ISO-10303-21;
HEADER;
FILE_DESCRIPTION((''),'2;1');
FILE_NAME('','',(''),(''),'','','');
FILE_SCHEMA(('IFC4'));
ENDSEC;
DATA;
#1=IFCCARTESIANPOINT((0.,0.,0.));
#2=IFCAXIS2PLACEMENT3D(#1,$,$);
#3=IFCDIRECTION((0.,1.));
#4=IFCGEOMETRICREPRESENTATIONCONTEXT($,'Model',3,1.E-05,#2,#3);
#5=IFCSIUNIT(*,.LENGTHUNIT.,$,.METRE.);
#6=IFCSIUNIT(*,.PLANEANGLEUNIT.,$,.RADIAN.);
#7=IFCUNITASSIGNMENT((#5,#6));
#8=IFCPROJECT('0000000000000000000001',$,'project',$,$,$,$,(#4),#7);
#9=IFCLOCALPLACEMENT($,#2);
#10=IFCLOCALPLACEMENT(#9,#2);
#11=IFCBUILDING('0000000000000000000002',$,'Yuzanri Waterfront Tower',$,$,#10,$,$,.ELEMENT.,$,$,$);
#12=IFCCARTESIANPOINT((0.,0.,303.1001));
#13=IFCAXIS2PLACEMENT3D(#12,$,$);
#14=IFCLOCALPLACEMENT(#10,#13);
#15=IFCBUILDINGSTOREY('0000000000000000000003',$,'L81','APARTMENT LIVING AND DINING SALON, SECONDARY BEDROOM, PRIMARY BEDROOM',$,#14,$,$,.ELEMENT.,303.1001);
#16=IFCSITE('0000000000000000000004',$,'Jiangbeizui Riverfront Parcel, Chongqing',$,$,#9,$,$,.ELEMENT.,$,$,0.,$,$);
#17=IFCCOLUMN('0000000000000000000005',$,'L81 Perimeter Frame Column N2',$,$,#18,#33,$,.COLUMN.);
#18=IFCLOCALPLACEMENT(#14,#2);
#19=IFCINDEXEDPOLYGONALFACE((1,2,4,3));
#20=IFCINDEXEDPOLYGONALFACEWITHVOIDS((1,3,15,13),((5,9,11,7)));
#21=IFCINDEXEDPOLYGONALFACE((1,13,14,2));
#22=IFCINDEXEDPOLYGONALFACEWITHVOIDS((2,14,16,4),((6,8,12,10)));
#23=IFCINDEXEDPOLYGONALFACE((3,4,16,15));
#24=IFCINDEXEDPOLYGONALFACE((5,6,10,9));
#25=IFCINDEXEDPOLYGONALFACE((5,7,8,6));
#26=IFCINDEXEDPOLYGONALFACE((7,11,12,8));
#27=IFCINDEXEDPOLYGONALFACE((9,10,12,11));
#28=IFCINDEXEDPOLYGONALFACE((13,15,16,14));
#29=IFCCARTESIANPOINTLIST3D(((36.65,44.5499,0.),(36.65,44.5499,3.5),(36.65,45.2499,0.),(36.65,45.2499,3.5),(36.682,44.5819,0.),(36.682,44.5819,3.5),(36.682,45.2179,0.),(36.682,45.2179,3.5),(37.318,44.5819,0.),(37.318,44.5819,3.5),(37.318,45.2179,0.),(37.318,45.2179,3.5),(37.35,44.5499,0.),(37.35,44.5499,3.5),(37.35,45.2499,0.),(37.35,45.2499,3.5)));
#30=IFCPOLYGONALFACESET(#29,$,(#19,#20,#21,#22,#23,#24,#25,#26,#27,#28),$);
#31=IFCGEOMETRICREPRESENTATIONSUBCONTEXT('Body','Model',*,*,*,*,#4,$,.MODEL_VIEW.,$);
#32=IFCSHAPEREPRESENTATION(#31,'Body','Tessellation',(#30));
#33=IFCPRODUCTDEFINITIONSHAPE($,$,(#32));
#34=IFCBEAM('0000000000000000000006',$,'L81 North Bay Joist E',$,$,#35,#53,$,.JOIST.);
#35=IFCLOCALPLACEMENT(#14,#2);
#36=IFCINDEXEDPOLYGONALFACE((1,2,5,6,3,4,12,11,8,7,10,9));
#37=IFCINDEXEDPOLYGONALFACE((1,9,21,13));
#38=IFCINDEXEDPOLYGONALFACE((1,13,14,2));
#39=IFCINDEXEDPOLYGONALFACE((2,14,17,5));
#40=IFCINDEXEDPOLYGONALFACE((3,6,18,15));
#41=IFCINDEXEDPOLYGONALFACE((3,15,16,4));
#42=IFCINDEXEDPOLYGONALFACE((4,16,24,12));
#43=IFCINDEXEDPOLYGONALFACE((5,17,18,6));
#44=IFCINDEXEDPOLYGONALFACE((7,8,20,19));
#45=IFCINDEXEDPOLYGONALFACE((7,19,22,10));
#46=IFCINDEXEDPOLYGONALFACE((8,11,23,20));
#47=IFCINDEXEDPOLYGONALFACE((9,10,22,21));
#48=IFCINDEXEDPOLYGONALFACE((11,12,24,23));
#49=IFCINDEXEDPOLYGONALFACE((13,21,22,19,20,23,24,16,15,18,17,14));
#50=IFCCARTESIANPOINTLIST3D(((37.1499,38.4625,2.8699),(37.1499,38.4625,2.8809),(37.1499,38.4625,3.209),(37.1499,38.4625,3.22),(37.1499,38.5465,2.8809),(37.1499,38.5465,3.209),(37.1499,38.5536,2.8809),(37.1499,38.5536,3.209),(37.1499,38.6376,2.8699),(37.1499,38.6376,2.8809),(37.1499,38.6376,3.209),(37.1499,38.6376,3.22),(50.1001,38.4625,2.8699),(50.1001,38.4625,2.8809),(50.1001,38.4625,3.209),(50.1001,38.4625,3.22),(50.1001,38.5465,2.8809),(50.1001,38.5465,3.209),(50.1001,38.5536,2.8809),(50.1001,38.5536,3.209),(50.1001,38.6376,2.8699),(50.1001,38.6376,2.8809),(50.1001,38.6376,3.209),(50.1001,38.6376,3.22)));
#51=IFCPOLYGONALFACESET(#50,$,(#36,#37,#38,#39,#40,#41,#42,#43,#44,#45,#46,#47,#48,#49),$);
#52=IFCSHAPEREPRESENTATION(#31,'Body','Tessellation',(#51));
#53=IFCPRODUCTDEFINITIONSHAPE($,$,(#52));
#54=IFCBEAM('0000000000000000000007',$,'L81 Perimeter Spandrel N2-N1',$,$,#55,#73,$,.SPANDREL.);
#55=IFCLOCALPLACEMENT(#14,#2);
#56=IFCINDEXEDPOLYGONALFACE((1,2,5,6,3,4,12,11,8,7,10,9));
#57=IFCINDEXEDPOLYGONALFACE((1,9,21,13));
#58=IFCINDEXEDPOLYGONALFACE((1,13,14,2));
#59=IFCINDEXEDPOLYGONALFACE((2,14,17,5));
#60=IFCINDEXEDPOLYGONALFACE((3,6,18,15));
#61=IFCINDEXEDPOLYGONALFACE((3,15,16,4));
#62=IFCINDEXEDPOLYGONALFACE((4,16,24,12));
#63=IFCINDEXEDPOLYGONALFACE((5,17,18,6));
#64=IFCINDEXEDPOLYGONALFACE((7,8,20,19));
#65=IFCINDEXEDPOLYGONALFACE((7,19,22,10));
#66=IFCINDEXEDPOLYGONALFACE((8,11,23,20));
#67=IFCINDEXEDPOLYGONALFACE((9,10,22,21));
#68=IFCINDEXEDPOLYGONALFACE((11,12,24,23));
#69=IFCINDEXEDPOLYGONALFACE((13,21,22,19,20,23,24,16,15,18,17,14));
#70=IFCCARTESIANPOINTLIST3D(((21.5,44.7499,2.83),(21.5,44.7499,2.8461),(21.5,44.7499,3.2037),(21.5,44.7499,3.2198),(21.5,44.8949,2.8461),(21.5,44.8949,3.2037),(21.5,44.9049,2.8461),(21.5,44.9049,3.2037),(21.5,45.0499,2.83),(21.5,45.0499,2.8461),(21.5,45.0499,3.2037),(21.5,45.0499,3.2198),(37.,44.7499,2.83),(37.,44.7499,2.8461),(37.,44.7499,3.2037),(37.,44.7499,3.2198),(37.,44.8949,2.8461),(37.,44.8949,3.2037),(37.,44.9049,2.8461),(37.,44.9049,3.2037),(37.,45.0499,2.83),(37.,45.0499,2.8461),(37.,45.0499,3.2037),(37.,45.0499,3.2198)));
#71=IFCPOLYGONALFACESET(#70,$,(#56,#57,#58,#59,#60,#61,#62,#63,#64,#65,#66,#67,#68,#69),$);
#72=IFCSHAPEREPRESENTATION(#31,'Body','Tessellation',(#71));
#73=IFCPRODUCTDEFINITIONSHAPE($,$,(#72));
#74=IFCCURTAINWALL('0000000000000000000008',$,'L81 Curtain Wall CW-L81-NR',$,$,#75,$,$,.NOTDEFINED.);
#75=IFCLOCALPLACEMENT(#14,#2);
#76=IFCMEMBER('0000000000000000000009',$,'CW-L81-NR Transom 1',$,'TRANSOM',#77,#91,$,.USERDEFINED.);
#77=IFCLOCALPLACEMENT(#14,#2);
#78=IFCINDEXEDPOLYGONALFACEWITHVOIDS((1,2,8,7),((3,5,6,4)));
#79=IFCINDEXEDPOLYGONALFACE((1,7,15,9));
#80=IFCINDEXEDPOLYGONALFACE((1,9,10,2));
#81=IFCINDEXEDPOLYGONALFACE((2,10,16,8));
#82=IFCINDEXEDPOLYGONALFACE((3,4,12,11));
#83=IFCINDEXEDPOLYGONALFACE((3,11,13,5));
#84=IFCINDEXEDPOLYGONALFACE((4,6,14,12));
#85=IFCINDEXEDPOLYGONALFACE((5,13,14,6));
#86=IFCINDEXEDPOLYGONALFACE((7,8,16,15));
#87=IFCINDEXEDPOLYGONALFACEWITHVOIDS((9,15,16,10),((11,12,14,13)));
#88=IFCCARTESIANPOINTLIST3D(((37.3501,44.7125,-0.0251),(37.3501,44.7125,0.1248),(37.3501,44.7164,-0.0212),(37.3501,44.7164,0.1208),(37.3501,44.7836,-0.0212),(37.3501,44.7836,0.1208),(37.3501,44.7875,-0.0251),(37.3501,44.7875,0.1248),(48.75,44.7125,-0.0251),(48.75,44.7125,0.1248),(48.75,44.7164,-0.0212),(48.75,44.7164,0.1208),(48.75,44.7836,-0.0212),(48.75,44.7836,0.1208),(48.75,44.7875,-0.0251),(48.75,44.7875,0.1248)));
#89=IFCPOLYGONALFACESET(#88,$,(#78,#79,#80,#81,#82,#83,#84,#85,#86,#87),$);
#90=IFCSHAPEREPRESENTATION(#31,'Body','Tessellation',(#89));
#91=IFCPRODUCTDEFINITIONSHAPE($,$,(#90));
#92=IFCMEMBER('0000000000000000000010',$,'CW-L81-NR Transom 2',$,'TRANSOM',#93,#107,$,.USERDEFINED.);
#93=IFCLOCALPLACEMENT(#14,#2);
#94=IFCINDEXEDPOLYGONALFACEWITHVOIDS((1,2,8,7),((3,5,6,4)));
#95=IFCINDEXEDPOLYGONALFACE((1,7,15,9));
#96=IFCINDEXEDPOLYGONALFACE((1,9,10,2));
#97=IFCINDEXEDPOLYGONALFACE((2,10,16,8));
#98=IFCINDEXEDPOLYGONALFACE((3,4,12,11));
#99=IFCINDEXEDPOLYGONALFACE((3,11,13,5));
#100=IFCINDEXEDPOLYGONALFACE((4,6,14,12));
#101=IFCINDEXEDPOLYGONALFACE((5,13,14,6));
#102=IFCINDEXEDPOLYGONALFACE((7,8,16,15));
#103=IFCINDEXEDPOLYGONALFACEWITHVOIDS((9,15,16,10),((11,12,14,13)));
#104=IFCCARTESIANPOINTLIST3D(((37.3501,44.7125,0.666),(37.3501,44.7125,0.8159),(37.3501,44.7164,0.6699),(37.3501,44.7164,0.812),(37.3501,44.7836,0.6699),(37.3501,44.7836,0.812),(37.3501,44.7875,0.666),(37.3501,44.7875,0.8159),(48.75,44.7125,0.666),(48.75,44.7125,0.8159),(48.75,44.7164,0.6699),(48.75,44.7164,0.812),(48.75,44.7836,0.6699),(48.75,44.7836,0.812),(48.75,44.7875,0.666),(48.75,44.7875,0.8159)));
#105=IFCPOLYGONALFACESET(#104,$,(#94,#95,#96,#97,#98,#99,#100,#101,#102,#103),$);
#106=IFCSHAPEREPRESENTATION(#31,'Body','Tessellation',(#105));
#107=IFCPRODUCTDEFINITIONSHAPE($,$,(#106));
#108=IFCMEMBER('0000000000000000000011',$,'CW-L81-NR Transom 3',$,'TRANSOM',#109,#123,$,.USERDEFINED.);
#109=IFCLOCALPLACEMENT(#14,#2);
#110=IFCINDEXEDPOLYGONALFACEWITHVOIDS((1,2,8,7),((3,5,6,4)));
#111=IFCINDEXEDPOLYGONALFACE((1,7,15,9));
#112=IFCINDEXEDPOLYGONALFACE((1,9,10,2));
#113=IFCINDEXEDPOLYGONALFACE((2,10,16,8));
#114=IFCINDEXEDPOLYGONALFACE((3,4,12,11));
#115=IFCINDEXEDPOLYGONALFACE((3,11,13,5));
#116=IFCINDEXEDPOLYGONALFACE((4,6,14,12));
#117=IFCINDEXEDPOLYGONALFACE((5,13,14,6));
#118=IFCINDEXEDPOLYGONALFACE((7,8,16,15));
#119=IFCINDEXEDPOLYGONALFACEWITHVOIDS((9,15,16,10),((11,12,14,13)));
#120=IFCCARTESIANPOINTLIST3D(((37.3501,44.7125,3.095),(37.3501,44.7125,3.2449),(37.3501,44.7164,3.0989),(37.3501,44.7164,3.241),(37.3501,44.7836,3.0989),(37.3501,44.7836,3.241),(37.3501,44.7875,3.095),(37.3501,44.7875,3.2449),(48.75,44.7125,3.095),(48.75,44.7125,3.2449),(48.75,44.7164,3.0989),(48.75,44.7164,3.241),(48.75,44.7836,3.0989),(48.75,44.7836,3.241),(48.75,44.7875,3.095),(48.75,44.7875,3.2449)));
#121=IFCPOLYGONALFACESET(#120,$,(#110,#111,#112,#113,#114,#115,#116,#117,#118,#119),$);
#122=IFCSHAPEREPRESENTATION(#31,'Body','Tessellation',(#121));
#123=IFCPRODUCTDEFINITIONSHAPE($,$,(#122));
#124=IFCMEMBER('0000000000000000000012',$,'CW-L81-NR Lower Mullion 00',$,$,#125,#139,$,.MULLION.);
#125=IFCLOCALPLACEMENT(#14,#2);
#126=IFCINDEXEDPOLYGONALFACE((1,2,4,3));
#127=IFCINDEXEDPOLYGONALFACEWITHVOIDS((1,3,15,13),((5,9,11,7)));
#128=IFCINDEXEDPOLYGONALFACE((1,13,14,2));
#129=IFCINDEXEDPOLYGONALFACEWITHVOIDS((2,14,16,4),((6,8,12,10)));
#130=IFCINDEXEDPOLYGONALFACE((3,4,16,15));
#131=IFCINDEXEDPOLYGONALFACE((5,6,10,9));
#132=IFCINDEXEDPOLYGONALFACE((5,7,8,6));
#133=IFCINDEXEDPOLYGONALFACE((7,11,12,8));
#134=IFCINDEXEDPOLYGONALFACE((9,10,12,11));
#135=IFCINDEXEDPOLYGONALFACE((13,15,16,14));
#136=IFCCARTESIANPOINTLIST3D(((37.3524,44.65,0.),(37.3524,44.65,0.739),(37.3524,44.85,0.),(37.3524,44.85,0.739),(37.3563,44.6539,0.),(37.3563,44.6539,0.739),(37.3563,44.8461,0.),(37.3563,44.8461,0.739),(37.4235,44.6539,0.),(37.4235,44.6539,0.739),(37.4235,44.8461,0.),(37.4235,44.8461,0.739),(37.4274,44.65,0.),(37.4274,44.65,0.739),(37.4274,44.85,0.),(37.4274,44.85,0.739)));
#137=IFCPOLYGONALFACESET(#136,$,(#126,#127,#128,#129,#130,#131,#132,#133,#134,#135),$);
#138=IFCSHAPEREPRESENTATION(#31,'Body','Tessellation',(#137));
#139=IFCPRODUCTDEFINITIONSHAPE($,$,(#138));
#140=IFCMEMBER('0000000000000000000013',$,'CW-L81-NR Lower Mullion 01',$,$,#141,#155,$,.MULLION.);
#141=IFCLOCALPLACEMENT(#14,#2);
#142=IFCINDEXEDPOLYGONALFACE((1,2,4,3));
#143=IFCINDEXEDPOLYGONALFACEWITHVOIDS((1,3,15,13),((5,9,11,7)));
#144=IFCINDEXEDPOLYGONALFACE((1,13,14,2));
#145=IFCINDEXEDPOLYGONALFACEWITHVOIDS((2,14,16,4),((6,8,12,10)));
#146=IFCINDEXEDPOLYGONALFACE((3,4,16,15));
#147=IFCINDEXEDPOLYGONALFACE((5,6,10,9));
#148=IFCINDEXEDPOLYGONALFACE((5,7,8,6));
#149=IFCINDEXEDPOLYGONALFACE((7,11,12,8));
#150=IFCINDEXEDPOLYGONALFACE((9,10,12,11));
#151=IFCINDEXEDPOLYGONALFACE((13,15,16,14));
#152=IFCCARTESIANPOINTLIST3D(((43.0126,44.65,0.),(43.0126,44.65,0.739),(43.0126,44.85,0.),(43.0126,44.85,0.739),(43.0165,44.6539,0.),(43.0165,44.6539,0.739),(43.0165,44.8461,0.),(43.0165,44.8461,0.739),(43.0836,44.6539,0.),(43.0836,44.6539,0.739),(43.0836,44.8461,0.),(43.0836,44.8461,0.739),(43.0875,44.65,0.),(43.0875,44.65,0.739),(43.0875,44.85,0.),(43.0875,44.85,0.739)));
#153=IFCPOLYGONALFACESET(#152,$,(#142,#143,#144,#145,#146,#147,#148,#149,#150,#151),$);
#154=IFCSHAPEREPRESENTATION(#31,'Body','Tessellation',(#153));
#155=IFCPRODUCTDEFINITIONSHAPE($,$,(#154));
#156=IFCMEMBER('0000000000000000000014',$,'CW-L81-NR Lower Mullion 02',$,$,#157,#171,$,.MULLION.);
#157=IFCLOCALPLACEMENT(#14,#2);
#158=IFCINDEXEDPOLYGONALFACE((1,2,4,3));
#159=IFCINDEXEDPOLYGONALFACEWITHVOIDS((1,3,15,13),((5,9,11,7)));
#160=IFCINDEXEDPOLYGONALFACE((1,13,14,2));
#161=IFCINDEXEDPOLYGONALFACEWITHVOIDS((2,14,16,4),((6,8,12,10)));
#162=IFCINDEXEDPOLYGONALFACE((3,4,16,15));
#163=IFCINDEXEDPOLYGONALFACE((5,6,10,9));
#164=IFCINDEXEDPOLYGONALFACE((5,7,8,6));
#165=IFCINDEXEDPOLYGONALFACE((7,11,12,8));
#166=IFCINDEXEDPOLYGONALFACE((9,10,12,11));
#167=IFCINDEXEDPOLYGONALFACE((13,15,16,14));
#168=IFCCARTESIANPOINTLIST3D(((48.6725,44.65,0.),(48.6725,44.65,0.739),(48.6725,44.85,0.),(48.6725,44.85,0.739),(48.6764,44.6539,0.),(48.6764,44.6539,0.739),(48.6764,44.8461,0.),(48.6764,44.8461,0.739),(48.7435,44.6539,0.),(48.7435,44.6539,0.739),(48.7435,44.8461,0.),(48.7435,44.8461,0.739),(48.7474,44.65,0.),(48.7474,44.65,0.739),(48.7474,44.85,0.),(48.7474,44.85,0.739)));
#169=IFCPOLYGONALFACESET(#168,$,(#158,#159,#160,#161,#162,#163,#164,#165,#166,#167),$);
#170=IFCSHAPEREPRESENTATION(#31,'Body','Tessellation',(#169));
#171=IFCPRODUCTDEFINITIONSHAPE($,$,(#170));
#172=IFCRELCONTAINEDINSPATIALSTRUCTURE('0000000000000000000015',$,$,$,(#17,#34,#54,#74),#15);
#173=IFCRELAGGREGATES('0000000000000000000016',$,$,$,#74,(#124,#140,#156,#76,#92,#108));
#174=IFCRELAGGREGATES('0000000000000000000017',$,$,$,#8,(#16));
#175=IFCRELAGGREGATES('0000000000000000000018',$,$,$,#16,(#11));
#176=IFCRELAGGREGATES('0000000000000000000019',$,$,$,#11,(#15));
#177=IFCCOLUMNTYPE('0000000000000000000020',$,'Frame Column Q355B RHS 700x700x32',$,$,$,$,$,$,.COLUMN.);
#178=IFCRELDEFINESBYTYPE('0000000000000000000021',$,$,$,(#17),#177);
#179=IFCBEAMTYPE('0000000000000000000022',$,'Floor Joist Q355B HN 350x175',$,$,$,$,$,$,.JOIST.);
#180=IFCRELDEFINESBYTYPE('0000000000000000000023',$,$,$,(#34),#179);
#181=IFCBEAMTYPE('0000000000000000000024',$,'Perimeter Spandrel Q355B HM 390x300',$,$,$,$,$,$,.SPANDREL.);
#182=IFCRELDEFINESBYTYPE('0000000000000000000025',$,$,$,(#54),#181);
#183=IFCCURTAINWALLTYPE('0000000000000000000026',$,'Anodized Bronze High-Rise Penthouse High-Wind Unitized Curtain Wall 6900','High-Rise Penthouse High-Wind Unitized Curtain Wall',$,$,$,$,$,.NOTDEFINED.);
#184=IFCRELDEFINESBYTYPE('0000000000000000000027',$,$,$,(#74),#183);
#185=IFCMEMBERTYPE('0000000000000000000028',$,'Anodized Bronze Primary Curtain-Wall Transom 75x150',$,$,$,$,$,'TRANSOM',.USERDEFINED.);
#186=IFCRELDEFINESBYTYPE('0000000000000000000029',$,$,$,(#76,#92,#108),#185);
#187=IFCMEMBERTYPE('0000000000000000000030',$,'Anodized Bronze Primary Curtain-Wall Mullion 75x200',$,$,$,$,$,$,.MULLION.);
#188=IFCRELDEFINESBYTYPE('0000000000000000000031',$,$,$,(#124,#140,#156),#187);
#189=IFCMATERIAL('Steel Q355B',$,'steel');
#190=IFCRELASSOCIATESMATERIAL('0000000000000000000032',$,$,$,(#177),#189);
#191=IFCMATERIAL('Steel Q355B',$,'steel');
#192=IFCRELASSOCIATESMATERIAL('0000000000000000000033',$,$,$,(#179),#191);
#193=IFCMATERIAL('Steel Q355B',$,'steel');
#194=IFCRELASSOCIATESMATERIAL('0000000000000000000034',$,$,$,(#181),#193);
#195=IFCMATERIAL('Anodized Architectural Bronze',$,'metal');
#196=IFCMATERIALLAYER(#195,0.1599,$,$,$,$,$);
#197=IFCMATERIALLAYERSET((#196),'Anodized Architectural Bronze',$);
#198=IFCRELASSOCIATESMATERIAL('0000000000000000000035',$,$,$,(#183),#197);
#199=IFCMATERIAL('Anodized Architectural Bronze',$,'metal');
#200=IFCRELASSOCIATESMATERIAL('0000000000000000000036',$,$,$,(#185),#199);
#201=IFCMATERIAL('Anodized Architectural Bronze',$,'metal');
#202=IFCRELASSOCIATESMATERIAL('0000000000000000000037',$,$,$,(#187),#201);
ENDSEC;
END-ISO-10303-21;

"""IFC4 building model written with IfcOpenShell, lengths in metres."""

from ifc_helpers import new_model, si_unit, direction, frame, origin, origin_2d, place, context, subcontext, project, spatial, hollow_rectangle, i_section, extrude, source, transform, mapped, material, layer, layer_set, material_profile, profile_set, type_object, element, aggregate, save


model = new_model("IFC4")

# Units and contexts
model_context = context("Model", 3, precision=1e-05, world=origin(), true_north=direction((0.0, 1.0)))
body_context = subcontext(model_context, "Body", "Model", "MODEL_VIEW")
ifc_project = project(units=[si_unit("LENGTHUNIT", "METRE"), si_unit("PLANEANGLEUNIT", "RADIAN")], contexts=[model_context])

# Site, building, storey
site_placement = place(None, origin())
site = spatial("IfcSite", under=ifc_project, at=site_placement, Name="Jiangbeizui Riverfront Parcel, Chongqing", CompositionType="ELEMENT", RefElevation=0.0)
building_placement = place(site_placement, origin())
building = spatial("IfcBuilding", under=site, at=building_placement, Name="Yuzanri Waterfront Tower", CompositionType="ELEMENT")
storey_placement = place(building_placement, frame((0.0, 0.0, 303.1001)))
storey = spatial("IfcBuildingStorey", under=building, at=storey_placement, Name="L81", Description="APARTMENT LIVING AND DINING SALON, SECONDARY BEDROOM, PRIMARY BEDROOM", CompositionType="ELEMENT", Elevation=303.1001)

# Column
ifc_material_1 = material(Name="Steel Q355B", Category="steel")
ifc_material_profile_1 = material_profile(ifc_material_1, hollow_rectangle(XDim=0.7, YDim=0.7, WallThickness=0.032, at=origin_2d()), Name="RHS 700x700x32")
ifc_profile_set_1 = profile_set([ifc_material_profile_1], Name="Steel Q355B")
column_type = type_object("IfcColumnType", Name="Frame Column Q355B RHS 700x700x32", PredefinedType="COLUMN", material=ifc_profile_set_1)
shared_shape_1 = source(origin(), body_context, "Body", "SweptSolid", [
    extrude(hollow_rectangle(XDim=0.7, YDim=0.7, WallThickness=0.032, at=origin_2d()), origin(), (0.0, 0.0, 1.0), 3.5),
])
column_placement = place(storey_placement, frame((37.0, 44.8999, 0.0), z_axis=(0.0, 0.0, 1.0), x_axis=(1.0, 0.0, 0.0)))
element("IfcColumn", 1, at=column_placement, inside=storey, type_object=column_type, Name="L81 Perimeter Frame Column N2", PredefinedType="COLUMN", context=body_context, shape_type="MappedRepresentation", body=[
    mapped(shared_shape_1, transform((0.0, 0.0, 0.0), scale=1.0)),
])

# Beams
ifc_material_2 = material(Name="Steel Q355B", Category="steel")
ifc_material_profile_2 = material_profile(ifc_material_2, i_section(OverallWidth=0.175, OverallDepth=0.3501, WebThickness=0.0071, FlangeThickness=0.011, at=origin_2d()), Name="HN 350x175x7x11")
ifc_profile_set_2 = profile_set([ifc_material_profile_2], Name="Steel Q355B")
beam_type_1 = type_object("IfcBeamType", Name="Floor Joist Q355B HN 350x175", PredefinedType="JOIST", material=ifc_profile_set_2)
shared_shape_2 = source(origin(), body_context, "Body", "SweptSolid", [
    extrude(i_section(OverallWidth=0.175, OverallDepth=0.3501, WebThickness=0.0071, FlangeThickness=0.011, at=origin_2d()), origin(), (0.0, 0.0, 1.0), 12.9502),
])
beam_1_placement = place(storey_placement, frame((37.1499, 38.55, 3.0449), z_axis=(1.0, 0.0, 0.0), x_axis=(0.0, 1.0, 0.0)))
element("IfcBeam", 2, at=beam_1_placement, inside=storey, type_object=beam_type_1, Name="L81 North Bay Joist E", PredefinedType="JOIST", context=body_context, shape_type="MappedRepresentation", body=[
    mapped(shared_shape_2, transform((0.0, 0.0, 0.0), scale=1.0)),
])
ifc_material_3 = material(Name="Steel Q355B", Category="steel")
ifc_material_profile_3 = material_profile(ifc_material_3, i_section(OverallWidth=0.3, OverallDepth=0.3899, WebThickness=0.01, FlangeThickness=0.0161, at=origin_2d()), Name="HM 390x300x10x16")
ifc_profile_set_3 = profile_set([ifc_material_profile_3], Name="Steel Q355B")
beam_type_2 = type_object("IfcBeamType", Name="Perimeter Spandrel Q355B HM 390x300", PredefinedType="SPANDREL", material=ifc_profile_set_3)
shared_shape_3 = source(origin(), body_context, "Body", "SweptSolid", [
    extrude(i_section(OverallWidth=0.3, OverallDepth=0.3899, WebThickness=0.01, FlangeThickness=0.0161, at=origin_2d()), origin(), (0.0, 0.0, 1.0), 15.5),
])
beam_2_placement = place(storey_placement, frame((37.0, 44.8999, 3.0249), z_axis=(-1.0, 0.0, 0.0), x_axis=(0.0, -1.0, 0.0)))
element("IfcBeam", 3, at=beam_2_placement, inside=storey, type_object=beam_type_2, Name="L81 Perimeter Spandrel N2-N1", PredefinedType="SPANDREL", context=body_context, shape_type="MappedRepresentation", body=[
    mapped(shared_shape_3, transform((0.0, 0.0, 0.0), scale=1.0)),
])

# Curtain wall, members
ifc_material_4 = material(Name="Anodized Architectural Bronze", Category="metal")
ifc_layer_1 = layer(ifc_material_4, 0.1599)
ifc_layer_set_1 = layer_set([ifc_layer_1], Name="Anodized Architectural Bronze")
curtain_wall_type = type_object("IfcCurtainWallType", Name="Anodized Bronze High-Rise Penthouse High-Wind Unitized Curtain Wall 6900", Description="High-Rise Penthouse High-Wind Unitized Curtain Wall", PredefinedType="NOTDEFINED", material=ifc_layer_set_1)
curtain_wall_placement = place(storey_placement, origin())
curtain_wall = element("IfcCurtainWall", 4, at=curtain_wall_placement, inside=storey, type_object=curtain_wall_type, Name="L81 Curtain Wall CW-L81-NR", PredefinedType="NOTDEFINED")
ifc_material_5 = material(Name="Anodized Architectural Bronze", Category="metal")
ifc_material_profile_4 = material_profile(ifc_material_5, hollow_rectangle(XDim=0.075, YDim=0.1499, WallThickness=0.0039, at=origin_2d()), Name="CWT 75x150")
ifc_profile_set_4 = profile_set([ifc_material_profile_4], Name="Anodized Architectural Bronze")
member_type_1 = type_object("IfcMemberType", Name="Anodized Bronze Primary Curtain-Wall Transom 75x150", ElementType="TRANSOM", PredefinedType="USERDEFINED", material=ifc_profile_set_4)
shared_shape_4 = source(origin(), body_context, "Body", "SweptSolid", [
    extrude(hollow_rectangle(XDim=0.075, YDim=0.1499, WallThickness=0.0039, at=origin_2d()), origin(), (0.0, 0.0, 1.0), 11.3999),
])
member_1_placement = place(storey_placement, frame((37.3501, 44.75, 0.0498), z_axis=(1.0, 0.0, 0.0), x_axis=(0.0, 1.0, 0.0)))
member_1 = element("IfcMember", 5, at=member_1_placement, type_object=member_type_1, Name="CW-L81-NR Transom 1", ObjectType="TRANSOM", PredefinedType="USERDEFINED", context=body_context, shape_type="MappedRepresentation", body=[
    mapped(shared_shape_4, transform((0.0, 0.0, 0.0), scale=1.0)),
])
member_2_placement = place(storey_placement, frame((37.3501, 44.75, 0.741), z_axis=(1.0, 0.0, 0.0), x_axis=(0.0, 1.0, 0.0)))
member_2 = element("IfcMember", 6, at=member_2_placement, type_object=member_type_1, Name="CW-L81-NR Transom 2", ObjectType="TRANSOM", PredefinedType="USERDEFINED", context=body_context, shape_type="MappedRepresentation", body=[
    mapped(shared_shape_4, transform((0.0, 0.0, 0.0), scale=1.0)),
])
member_3_placement = place(storey_placement, frame((37.3501, 44.75, 3.1699), z_axis=(1.0, 0.0, 0.0), x_axis=(0.0, 1.0, 0.0)))
member_3 = element("IfcMember", 7, at=member_3_placement, type_object=member_type_1, Name="CW-L81-NR Transom 3", ObjectType="TRANSOM", PredefinedType="USERDEFINED", context=body_context, shape_type="MappedRepresentation", body=[
    mapped(shared_shape_4, transform((0.0, 0.0, 0.0), scale=1.0)),
])
ifc_material_6 = material(Name="Anodized Architectural Bronze", Category="metal")
ifc_material_profile_5 = material_profile(ifc_material_6, hollow_rectangle(XDim=0.075, YDim=0.2, WallThickness=0.0039, at=origin_2d()), Name="CWM 75x200")
ifc_profile_set_5 = profile_set([ifc_material_profile_5], Name="Anodized Architectural Bronze")
member_type_2 = type_object("IfcMemberType", Name="Anodized Bronze Primary Curtain-Wall Mullion 75x200", PredefinedType="MULLION", material=ifc_profile_set_5)
shared_shape_5 = source(origin(), body_context, "Body", "SweptSolid", [
    extrude(hollow_rectangle(XDim=0.075, YDim=0.2, WallThickness=0.0039, at=origin_2d()), origin(), (0.0, 0.0, 1.0), 0.739),
])
member_4_placement = place(storey_placement, frame((37.3899, 44.75, 0.0), z_axis=(0.0, 0.0, 1.0), x_axis=(1.0, 0.0, 0.0)))
member_4 = element("IfcMember", 8, at=member_4_placement, type_object=member_type_2, Name="CW-L81-NR Lower Mullion 00", PredefinedType="MULLION", context=body_context, shape_type="MappedRepresentation", body=[
    mapped(shared_shape_5, transform((0.0, 0.0, 0.0), scale=1.0)),
])
member_5_placement = place(storey_placement, frame((43.05, 44.75, 0.0), z_axis=(0.0, 0.0, 1.0), x_axis=(1.0, 0.0, 0.0)))
member_5 = element("IfcMember", 9, at=member_5_placement, type_object=member_type_2, Name="CW-L81-NR Lower Mullion 01", PredefinedType="MULLION", context=body_context, shape_type="MappedRepresentation", body=[
    mapped(shared_shape_5, transform((0.0, 0.0, 0.0), scale=1.0)),
])
member_6_placement = place(storey_placement, frame((48.71, 44.75, 0.0), z_axis=(0.0, 0.0, 1.0), x_axis=(1.0, 0.0, 0.0)))
member_6 = element("IfcMember", 10, at=member_6_placement, type_object=member_type_2, Name="CW-L81-NR Lower Mullion 02", PredefinedType="MULLION", context=body_context, shape_type="MappedRepresentation", body=[
    mapped(shared_shape_5, transform((0.0, 0.0, 0.0), scale=1.0)),
])
aggregate(curtain_wall, [member_4, member_5, member_6, member_1, member_2, member_3])

save(model, "model.ifc")
